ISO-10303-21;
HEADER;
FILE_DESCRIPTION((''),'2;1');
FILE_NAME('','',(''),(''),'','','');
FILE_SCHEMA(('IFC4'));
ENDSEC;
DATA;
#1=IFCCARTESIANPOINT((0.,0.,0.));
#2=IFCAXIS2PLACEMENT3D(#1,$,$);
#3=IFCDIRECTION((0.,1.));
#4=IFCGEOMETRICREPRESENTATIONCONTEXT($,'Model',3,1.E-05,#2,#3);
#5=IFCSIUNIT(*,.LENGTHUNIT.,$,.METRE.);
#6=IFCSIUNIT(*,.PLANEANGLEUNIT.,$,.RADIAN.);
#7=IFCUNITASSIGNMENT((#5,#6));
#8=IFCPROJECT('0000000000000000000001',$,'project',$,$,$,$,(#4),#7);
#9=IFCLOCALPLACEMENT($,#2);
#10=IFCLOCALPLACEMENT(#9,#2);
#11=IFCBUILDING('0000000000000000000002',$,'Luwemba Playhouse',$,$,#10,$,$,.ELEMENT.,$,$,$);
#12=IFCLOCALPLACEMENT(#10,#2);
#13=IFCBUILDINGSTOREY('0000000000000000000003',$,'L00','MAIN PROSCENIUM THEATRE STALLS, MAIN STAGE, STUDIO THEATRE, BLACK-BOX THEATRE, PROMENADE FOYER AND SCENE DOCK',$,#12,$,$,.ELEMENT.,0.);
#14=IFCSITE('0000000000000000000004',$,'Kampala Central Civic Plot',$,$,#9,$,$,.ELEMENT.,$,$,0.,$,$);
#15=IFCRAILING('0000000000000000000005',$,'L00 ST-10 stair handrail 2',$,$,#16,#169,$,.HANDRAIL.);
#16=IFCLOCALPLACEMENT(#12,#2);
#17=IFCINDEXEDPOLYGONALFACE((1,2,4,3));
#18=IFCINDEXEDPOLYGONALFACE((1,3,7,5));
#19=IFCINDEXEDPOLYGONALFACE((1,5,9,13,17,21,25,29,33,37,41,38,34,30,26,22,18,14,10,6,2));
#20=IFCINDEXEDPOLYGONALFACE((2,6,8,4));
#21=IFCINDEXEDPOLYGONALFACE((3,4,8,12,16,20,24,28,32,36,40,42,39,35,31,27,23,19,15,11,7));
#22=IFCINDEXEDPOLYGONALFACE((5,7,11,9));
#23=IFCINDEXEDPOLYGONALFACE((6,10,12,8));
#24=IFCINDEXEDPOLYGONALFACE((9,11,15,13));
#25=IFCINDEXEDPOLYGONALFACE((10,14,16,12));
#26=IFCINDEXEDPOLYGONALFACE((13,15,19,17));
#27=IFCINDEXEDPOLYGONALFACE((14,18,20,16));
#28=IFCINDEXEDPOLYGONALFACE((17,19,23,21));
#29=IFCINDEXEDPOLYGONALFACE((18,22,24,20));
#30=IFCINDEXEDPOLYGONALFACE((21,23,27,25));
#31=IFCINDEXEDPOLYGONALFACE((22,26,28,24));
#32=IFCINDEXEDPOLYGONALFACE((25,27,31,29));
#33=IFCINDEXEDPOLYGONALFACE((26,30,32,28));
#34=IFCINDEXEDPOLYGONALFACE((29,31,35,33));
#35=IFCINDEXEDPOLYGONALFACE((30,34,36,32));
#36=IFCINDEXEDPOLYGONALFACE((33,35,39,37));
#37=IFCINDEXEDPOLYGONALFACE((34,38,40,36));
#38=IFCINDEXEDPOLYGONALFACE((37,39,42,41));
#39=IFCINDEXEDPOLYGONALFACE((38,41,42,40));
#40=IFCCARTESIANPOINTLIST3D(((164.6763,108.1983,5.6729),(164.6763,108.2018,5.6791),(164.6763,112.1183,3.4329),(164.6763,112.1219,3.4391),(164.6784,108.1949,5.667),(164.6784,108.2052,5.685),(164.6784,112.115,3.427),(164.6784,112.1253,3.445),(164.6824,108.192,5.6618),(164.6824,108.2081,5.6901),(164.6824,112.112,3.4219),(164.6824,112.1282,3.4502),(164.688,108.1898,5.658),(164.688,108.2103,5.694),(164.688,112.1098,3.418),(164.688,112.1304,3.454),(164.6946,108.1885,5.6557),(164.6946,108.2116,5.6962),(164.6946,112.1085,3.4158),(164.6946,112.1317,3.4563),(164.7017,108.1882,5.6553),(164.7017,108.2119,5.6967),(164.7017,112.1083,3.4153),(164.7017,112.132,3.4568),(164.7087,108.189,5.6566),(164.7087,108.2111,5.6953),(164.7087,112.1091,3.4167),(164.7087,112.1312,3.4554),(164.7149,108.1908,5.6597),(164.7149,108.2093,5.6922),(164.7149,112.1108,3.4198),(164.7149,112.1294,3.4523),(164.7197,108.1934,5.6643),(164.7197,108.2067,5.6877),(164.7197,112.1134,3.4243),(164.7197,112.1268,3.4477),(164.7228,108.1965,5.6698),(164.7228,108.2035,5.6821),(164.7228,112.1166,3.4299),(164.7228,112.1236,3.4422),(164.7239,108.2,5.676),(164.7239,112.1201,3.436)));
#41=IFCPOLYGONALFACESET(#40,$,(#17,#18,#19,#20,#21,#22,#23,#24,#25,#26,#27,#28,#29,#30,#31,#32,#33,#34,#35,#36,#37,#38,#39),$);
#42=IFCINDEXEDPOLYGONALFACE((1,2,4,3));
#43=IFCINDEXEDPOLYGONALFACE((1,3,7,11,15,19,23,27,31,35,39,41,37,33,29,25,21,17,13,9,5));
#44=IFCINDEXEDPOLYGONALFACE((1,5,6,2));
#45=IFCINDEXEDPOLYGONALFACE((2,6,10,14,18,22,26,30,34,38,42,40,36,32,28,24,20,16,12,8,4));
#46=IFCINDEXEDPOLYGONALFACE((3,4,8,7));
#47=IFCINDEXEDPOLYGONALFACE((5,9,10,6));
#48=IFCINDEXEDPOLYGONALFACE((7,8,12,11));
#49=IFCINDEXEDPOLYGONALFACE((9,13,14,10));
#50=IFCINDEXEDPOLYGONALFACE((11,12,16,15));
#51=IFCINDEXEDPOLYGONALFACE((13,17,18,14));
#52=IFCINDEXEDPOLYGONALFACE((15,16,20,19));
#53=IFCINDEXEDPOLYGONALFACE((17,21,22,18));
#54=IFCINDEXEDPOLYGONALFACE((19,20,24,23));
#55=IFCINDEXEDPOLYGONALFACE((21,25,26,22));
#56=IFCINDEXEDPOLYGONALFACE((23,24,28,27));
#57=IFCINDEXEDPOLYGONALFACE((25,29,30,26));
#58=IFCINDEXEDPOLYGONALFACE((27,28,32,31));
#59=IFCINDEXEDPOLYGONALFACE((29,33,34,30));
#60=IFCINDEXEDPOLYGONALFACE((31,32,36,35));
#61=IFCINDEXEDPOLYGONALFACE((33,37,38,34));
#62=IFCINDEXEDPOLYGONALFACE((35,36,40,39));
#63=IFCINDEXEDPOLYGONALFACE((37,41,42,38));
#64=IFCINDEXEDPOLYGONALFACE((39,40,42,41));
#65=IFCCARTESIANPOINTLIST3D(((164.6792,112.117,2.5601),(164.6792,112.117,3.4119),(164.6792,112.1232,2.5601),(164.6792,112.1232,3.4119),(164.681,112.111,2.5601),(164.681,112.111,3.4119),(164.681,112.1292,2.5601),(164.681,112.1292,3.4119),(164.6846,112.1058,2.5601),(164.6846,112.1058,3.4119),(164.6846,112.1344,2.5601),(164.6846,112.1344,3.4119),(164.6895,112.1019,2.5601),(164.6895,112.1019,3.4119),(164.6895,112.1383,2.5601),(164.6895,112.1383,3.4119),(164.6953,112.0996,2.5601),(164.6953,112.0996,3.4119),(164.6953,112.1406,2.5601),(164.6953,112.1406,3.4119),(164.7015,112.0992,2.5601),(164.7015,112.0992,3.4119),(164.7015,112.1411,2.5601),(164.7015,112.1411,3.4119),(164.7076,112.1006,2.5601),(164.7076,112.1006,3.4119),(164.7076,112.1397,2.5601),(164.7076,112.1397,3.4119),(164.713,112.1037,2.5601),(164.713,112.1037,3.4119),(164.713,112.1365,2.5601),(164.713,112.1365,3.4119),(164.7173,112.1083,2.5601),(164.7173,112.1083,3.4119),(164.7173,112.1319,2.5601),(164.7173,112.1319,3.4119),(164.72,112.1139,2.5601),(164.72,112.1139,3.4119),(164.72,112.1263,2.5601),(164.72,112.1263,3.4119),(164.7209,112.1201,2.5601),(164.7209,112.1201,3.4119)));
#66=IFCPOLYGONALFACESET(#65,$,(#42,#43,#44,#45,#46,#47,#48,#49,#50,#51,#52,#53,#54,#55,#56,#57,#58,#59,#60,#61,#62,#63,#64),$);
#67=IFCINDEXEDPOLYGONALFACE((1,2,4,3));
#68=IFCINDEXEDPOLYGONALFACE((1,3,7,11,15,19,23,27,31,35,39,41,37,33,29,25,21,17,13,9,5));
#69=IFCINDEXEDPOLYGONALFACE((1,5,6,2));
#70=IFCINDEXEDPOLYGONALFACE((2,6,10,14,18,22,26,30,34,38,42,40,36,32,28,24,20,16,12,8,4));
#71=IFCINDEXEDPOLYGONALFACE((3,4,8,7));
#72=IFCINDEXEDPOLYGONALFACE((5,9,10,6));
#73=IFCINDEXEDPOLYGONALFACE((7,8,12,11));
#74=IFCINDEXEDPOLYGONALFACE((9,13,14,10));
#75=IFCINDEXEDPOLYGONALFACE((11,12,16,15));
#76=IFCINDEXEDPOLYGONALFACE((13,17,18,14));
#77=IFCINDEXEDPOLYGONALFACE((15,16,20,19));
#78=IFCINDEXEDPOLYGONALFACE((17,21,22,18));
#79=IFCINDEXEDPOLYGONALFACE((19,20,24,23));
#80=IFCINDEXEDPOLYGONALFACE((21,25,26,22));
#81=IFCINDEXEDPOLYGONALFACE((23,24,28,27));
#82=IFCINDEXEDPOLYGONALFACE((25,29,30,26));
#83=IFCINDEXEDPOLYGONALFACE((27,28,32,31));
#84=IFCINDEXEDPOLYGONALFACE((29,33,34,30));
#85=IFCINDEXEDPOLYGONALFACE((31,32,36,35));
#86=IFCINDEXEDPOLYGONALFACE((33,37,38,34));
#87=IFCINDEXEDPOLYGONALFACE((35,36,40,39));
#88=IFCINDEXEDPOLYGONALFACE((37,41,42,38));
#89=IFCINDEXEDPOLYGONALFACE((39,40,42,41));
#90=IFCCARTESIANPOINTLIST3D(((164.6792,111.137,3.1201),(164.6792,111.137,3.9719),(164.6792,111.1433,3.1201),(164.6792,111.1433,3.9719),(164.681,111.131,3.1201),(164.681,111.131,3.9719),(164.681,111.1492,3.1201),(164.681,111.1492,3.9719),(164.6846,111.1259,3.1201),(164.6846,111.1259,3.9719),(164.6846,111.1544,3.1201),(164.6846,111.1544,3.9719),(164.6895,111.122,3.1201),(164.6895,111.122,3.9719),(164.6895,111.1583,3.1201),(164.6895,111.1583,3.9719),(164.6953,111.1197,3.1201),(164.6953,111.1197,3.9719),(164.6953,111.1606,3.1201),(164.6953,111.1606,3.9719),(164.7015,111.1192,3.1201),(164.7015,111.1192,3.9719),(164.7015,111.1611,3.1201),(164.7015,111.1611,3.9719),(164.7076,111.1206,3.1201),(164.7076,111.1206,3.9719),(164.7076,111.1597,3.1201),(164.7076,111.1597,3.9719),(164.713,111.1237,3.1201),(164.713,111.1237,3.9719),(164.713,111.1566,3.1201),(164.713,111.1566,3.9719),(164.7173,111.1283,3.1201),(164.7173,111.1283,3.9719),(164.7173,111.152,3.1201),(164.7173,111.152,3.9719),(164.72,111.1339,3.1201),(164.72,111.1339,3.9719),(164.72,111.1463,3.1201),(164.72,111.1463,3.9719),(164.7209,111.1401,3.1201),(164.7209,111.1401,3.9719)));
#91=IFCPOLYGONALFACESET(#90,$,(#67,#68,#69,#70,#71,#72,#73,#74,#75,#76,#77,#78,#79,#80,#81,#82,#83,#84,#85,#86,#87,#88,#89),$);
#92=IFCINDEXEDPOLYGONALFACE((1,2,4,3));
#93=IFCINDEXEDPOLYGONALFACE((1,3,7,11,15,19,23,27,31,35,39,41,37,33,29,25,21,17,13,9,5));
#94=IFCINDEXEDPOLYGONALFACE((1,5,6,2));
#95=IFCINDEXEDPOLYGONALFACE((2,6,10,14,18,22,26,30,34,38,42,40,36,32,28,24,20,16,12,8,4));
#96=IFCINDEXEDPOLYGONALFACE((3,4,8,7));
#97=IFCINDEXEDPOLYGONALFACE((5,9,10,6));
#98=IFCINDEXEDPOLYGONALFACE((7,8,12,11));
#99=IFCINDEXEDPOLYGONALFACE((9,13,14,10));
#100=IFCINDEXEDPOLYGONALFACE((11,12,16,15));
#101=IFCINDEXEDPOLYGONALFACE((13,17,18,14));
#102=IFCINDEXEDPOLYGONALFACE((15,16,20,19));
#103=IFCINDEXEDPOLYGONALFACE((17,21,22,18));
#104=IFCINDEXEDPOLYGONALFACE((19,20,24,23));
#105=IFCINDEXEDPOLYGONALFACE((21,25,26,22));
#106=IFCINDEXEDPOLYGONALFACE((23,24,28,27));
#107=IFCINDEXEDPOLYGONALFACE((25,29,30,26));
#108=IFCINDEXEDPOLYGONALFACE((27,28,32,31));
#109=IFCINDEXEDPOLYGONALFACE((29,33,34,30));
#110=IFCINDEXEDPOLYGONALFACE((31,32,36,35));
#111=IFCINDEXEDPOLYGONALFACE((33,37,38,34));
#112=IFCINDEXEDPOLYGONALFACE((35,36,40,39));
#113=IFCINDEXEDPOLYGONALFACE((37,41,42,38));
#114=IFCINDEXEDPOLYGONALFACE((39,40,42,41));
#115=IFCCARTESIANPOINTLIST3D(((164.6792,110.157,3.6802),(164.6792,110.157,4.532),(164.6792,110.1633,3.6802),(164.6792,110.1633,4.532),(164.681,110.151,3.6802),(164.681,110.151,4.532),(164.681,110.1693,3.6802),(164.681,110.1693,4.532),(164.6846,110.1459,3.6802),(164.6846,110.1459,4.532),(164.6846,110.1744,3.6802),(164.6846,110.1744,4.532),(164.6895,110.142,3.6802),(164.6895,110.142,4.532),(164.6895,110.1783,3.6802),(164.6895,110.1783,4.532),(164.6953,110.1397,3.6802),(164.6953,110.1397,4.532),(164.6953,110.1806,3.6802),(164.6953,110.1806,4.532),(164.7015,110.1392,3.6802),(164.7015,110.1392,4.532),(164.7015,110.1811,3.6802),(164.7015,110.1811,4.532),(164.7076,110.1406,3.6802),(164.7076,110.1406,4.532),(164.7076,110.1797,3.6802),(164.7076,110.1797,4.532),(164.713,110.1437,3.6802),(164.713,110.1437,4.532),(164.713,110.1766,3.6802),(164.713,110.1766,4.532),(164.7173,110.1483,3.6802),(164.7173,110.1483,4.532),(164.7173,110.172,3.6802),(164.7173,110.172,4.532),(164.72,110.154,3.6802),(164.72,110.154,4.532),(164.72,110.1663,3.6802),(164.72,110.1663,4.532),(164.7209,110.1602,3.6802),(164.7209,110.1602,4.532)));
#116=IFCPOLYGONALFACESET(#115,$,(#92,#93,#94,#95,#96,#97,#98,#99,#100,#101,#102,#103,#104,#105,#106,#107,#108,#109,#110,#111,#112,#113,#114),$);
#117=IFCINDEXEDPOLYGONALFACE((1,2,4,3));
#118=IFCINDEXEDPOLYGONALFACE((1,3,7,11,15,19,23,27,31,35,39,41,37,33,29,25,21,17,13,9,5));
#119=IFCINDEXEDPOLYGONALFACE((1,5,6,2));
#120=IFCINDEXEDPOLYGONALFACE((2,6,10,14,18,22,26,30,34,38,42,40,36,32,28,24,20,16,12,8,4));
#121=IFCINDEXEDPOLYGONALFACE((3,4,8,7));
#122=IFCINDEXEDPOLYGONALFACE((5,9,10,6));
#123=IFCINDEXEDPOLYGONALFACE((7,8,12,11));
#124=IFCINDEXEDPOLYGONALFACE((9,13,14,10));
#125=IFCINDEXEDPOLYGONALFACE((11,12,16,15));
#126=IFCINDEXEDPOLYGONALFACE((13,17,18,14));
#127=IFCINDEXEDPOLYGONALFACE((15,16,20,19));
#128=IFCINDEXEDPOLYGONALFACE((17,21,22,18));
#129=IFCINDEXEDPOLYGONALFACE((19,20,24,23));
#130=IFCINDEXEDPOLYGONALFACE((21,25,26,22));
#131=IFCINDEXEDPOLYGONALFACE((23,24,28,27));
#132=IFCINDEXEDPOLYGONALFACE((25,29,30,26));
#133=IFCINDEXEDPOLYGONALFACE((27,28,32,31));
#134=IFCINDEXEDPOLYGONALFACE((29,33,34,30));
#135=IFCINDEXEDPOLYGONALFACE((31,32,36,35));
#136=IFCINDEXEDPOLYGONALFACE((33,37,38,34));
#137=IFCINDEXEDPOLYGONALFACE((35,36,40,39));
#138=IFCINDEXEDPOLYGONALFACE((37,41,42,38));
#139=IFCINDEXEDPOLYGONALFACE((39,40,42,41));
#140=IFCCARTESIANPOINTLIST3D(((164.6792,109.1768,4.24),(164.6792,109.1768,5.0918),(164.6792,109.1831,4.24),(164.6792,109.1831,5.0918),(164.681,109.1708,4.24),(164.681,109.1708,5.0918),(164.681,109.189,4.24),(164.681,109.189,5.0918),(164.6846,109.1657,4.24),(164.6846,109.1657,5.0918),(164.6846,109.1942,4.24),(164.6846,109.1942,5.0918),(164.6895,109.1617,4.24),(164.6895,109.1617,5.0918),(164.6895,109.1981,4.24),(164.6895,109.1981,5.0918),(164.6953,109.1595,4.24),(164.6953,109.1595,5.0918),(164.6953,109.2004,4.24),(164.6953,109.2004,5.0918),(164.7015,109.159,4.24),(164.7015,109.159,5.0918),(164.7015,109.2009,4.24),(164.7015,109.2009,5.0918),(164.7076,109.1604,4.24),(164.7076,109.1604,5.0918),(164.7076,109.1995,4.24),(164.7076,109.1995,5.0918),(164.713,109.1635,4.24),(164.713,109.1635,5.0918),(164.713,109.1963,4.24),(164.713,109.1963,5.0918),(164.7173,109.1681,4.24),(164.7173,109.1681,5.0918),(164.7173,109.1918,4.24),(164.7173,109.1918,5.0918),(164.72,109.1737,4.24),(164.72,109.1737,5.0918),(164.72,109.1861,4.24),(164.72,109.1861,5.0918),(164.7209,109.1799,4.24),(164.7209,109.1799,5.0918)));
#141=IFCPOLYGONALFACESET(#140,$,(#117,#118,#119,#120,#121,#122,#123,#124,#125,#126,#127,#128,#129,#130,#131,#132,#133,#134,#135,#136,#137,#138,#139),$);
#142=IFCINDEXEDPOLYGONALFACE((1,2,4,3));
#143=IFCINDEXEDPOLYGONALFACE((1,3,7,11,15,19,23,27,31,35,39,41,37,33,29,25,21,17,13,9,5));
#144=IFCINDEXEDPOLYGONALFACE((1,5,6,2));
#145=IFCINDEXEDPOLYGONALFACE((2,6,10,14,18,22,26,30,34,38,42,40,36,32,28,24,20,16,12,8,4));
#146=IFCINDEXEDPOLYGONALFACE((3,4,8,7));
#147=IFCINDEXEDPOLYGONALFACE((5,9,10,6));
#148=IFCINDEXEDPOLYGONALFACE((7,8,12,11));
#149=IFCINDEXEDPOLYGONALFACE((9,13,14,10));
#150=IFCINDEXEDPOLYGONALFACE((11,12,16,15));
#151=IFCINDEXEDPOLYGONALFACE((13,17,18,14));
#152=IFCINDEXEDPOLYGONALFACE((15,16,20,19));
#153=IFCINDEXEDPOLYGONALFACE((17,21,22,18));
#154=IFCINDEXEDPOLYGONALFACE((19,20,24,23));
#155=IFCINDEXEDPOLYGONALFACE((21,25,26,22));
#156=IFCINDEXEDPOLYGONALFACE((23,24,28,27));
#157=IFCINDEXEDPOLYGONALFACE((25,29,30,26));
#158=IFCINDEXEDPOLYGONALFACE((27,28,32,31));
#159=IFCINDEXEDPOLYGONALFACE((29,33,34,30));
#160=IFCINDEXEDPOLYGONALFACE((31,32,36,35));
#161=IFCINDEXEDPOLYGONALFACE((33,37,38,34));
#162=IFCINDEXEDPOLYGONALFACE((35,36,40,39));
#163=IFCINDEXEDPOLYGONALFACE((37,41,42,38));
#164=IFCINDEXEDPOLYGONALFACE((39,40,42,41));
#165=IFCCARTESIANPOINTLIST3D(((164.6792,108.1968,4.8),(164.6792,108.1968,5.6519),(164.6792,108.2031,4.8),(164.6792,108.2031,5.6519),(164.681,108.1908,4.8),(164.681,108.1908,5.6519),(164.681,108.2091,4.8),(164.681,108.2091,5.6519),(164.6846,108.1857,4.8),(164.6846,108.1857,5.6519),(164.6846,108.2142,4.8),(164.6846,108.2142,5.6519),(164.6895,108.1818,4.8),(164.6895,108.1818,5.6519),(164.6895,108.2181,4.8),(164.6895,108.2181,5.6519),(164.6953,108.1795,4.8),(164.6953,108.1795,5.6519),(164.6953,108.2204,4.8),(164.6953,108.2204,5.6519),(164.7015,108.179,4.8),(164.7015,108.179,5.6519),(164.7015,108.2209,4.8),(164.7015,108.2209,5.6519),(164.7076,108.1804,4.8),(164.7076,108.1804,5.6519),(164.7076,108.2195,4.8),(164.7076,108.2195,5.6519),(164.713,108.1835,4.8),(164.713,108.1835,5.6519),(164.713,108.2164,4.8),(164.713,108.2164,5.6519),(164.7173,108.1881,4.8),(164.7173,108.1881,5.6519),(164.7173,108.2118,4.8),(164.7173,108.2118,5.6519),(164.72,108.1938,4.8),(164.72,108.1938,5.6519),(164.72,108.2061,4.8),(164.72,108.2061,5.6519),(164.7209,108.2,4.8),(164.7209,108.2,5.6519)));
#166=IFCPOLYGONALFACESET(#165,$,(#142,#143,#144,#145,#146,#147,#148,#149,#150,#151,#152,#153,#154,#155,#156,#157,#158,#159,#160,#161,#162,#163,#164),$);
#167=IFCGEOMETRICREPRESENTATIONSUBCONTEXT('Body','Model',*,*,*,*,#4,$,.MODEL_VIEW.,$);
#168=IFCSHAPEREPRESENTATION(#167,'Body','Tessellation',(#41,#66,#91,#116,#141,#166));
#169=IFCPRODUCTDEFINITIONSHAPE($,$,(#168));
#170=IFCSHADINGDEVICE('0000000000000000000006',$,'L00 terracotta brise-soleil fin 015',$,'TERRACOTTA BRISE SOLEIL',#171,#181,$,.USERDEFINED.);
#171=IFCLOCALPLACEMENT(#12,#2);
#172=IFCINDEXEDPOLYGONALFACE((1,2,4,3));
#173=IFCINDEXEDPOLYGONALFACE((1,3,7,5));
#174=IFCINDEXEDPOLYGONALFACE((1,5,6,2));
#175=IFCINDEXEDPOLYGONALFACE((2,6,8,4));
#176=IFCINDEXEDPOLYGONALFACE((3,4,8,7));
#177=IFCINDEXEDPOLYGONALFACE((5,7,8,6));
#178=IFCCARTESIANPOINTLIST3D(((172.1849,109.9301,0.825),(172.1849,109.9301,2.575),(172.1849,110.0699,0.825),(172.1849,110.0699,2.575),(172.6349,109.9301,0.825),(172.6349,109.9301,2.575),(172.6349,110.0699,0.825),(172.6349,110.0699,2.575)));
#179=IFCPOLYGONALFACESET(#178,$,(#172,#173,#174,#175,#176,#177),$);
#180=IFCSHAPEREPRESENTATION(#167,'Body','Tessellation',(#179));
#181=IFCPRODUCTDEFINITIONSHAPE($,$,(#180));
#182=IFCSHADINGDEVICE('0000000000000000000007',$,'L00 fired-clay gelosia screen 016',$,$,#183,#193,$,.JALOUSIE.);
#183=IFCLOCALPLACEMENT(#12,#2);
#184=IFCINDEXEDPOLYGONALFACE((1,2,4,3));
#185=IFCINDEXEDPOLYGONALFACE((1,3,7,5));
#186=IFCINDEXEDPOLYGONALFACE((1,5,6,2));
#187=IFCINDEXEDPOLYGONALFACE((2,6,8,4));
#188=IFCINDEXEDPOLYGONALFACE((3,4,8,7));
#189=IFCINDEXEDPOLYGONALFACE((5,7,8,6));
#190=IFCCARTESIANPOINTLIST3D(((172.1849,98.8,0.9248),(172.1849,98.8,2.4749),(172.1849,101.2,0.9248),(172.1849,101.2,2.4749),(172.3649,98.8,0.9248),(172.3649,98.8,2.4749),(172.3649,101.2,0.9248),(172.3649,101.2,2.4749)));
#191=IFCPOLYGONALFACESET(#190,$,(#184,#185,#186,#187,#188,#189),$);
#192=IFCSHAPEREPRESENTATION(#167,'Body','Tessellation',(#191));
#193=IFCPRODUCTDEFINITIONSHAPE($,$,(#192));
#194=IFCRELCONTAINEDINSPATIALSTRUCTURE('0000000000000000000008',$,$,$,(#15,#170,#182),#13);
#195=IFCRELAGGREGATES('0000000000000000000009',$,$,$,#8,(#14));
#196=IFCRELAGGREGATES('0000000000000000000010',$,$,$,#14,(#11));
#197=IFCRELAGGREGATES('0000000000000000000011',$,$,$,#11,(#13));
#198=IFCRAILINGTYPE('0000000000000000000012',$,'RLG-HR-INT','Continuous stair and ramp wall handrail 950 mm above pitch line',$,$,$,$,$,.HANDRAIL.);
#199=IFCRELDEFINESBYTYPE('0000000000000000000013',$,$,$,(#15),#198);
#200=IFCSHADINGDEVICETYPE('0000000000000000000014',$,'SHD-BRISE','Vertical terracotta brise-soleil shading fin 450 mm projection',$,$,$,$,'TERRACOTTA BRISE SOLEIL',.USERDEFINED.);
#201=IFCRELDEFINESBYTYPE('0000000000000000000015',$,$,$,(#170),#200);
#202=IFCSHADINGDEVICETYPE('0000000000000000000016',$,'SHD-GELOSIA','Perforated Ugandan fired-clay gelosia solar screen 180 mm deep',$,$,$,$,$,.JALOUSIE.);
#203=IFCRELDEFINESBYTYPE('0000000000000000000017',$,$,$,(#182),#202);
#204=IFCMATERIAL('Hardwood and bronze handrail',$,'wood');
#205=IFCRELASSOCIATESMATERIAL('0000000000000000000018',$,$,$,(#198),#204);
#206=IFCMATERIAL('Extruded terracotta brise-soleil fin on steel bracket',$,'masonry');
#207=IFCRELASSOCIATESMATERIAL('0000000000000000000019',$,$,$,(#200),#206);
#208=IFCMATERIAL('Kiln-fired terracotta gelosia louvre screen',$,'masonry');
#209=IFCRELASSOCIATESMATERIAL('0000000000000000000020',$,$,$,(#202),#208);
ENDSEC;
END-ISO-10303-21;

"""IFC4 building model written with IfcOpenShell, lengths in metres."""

from ifc_helpers import new_model, si_unit, direction, frame, origin, origin_2d, place, context, subcontext, project, spatial, rectangle, circle, extrude, material, type_object, element, save


model = new_model("IFC4")

# Units and contexts
model_context = context("Model", 3, precision=1e-05, world=origin(), true_north=direction((0.0, 1.0)))
body_context = subcontext(model_context, "Body", "Model", "MODEL_VIEW")
ifc_project = project(units=[si_unit("LENGTHUNIT", "METRE"), si_unit("PLANEANGLEUNIT", "RADIAN")], contexts=[model_context])

# Site, building, storey
site_placement = place(None, origin())
site = spatial("IfcSite", under=ifc_project, at=site_placement, Name="Kampala Central Civic Plot", CompositionType="ELEMENT", RefElevation=0.0)
building_placement = place(site_placement, origin())
building = spatial("IfcBuilding", under=site, at=building_placement, Name="Luwemba Playhouse", CompositionType="ELEMENT")
storey_placement = place(building_placement, origin())
storey = spatial("IfcBuildingStorey", under=building, at=storey_placement, Name="L00", Description="MAIN PROSCENIUM THEATRE STALLS, MAIN STAGE, STUDIO THEATRE, BLACK-BOX THEATRE, PROMENADE FOYER AND SCENE DOCK", CompositionType="ELEMENT", Elevation=0.0)

# Railing
ifc_material_1 = material(Name="Hardwood and bronze handrail", Category="wood")
railing_type_1 = type_object("IfcRailingType", Name="RLG-HR-INT", Description="Continuous stair and ramp wall handrail 950 mm above pitch line", PredefinedType="HANDRAIL", material=ifc_material_1)
railing_1_placement = place(storey_placement, frame((164.7, 112.1201, 2.5601)))
element("IfcRailing", 1, at=railing_1_placement, inside=storey, type_object=railing_type_1, Name="L00 ST-10 stair handrail 2", PredefinedType="HANDRAIL", context=body_context, shape_type="SweptSolid", body=[
    extrude(circle(Radius=0.0239, at=origin_2d()), frame((0.0, 0.0, 0.876), z_axis=(0.0, -0.868253, 0.496121), x_axis=(1.0, 0.0, 0.0)), (0.0, 0.0, 1.0), 4.5149),
    extrude(circle(Radius=0.021, at=origin_2d()), origin(), (0.0, 0.0, 1.0), 0.8518),
    extrude(circle(Radius=0.021, at=origin_2d()), frame((0.0, -0.98, 0.5601)), (0.0, 0.0, 1.0), 0.8518),
    extrude(circle(Radius=0.021, at=origin_2d()), frame((0.0, -1.96, 1.1201)), (0.0, 0.0, 1.0), 0.8518),
    extrude(circle(Radius=0.021, at=origin_2d()), frame((0.0, -2.9402, 1.6799)), (0.0, 0.0, 1.0), 0.8518),
    extrude(circle(Radius=0.021, at=origin_2d()), frame((0.0, -3.9202, 2.24)), (0.0, 0.0, 1.0), 0.8518),
])

# Shading devices
ifc_material_2 = material(Name="Extruded terracotta brise-soleil fin on steel bracket", Category="masonry")
shading_device_type_1 = type_object("IfcShadingDeviceType", Name="SHD-BRISE", Description="Vertical terracotta brise-soleil shading fin 450 mm projection", ElementType="TERRACOTTA BRISE SOLEIL", PredefinedType="USERDEFINED", material=ifc_material_2)
shading_device_1_placement = place(storey_placement, frame((172.4099, 110.0, 0.825), z_axis=(0.0, 0.0, 1.0), x_axis=(0.0, -1.0, 0.0)))
element("IfcShadingDevice", 2, at=shading_device_1_placement, inside=storey, type_object=shading_device_type_1, Name="L00 terracotta brise-soleil fin 015", ObjectType="TERRACOTTA BRISE SOLEIL", PredefinedType="USERDEFINED", context=body_context, shape_type="SweptSolid", body=[
    extrude(rectangle(XDim=0.1399, YDim=0.45, at=origin_2d()), origin(), (0.0, 0.0, 1.0), 1.75),
])
ifc_material_3 = material(Name="Kiln-fired terracotta gelosia louvre screen", Category="masonry")
shading_device_type_2 = type_object("IfcShadingDeviceType", Name="SHD-GELOSIA", Description="Perforated Ugandan fired-clay gelosia solar screen 180 mm deep", PredefinedType="JALOUSIE", material=ifc_material_3)
shading_device_2_placement = place(storey_placement, frame((172.2749, 100.0, 0.9248), z_axis=(0.0, 0.0, 1.0), x_axis=(0.0, -1.0, 0.0)))
element("IfcShadingDevice", 3, at=shading_device_2_placement, inside=storey, type_object=shading_device_type_2, Name="L00 fired-clay gelosia screen 016", PredefinedType="JALOUSIE", context=body_context, shape_type="SweptSolid", body=[
    extrude(rectangle(XDim=2.3999, YDim=0.1799, at=origin_2d()), origin(), (0.0, 0.0, 1.0), 1.55),
])

save(model, "model.ifc")
